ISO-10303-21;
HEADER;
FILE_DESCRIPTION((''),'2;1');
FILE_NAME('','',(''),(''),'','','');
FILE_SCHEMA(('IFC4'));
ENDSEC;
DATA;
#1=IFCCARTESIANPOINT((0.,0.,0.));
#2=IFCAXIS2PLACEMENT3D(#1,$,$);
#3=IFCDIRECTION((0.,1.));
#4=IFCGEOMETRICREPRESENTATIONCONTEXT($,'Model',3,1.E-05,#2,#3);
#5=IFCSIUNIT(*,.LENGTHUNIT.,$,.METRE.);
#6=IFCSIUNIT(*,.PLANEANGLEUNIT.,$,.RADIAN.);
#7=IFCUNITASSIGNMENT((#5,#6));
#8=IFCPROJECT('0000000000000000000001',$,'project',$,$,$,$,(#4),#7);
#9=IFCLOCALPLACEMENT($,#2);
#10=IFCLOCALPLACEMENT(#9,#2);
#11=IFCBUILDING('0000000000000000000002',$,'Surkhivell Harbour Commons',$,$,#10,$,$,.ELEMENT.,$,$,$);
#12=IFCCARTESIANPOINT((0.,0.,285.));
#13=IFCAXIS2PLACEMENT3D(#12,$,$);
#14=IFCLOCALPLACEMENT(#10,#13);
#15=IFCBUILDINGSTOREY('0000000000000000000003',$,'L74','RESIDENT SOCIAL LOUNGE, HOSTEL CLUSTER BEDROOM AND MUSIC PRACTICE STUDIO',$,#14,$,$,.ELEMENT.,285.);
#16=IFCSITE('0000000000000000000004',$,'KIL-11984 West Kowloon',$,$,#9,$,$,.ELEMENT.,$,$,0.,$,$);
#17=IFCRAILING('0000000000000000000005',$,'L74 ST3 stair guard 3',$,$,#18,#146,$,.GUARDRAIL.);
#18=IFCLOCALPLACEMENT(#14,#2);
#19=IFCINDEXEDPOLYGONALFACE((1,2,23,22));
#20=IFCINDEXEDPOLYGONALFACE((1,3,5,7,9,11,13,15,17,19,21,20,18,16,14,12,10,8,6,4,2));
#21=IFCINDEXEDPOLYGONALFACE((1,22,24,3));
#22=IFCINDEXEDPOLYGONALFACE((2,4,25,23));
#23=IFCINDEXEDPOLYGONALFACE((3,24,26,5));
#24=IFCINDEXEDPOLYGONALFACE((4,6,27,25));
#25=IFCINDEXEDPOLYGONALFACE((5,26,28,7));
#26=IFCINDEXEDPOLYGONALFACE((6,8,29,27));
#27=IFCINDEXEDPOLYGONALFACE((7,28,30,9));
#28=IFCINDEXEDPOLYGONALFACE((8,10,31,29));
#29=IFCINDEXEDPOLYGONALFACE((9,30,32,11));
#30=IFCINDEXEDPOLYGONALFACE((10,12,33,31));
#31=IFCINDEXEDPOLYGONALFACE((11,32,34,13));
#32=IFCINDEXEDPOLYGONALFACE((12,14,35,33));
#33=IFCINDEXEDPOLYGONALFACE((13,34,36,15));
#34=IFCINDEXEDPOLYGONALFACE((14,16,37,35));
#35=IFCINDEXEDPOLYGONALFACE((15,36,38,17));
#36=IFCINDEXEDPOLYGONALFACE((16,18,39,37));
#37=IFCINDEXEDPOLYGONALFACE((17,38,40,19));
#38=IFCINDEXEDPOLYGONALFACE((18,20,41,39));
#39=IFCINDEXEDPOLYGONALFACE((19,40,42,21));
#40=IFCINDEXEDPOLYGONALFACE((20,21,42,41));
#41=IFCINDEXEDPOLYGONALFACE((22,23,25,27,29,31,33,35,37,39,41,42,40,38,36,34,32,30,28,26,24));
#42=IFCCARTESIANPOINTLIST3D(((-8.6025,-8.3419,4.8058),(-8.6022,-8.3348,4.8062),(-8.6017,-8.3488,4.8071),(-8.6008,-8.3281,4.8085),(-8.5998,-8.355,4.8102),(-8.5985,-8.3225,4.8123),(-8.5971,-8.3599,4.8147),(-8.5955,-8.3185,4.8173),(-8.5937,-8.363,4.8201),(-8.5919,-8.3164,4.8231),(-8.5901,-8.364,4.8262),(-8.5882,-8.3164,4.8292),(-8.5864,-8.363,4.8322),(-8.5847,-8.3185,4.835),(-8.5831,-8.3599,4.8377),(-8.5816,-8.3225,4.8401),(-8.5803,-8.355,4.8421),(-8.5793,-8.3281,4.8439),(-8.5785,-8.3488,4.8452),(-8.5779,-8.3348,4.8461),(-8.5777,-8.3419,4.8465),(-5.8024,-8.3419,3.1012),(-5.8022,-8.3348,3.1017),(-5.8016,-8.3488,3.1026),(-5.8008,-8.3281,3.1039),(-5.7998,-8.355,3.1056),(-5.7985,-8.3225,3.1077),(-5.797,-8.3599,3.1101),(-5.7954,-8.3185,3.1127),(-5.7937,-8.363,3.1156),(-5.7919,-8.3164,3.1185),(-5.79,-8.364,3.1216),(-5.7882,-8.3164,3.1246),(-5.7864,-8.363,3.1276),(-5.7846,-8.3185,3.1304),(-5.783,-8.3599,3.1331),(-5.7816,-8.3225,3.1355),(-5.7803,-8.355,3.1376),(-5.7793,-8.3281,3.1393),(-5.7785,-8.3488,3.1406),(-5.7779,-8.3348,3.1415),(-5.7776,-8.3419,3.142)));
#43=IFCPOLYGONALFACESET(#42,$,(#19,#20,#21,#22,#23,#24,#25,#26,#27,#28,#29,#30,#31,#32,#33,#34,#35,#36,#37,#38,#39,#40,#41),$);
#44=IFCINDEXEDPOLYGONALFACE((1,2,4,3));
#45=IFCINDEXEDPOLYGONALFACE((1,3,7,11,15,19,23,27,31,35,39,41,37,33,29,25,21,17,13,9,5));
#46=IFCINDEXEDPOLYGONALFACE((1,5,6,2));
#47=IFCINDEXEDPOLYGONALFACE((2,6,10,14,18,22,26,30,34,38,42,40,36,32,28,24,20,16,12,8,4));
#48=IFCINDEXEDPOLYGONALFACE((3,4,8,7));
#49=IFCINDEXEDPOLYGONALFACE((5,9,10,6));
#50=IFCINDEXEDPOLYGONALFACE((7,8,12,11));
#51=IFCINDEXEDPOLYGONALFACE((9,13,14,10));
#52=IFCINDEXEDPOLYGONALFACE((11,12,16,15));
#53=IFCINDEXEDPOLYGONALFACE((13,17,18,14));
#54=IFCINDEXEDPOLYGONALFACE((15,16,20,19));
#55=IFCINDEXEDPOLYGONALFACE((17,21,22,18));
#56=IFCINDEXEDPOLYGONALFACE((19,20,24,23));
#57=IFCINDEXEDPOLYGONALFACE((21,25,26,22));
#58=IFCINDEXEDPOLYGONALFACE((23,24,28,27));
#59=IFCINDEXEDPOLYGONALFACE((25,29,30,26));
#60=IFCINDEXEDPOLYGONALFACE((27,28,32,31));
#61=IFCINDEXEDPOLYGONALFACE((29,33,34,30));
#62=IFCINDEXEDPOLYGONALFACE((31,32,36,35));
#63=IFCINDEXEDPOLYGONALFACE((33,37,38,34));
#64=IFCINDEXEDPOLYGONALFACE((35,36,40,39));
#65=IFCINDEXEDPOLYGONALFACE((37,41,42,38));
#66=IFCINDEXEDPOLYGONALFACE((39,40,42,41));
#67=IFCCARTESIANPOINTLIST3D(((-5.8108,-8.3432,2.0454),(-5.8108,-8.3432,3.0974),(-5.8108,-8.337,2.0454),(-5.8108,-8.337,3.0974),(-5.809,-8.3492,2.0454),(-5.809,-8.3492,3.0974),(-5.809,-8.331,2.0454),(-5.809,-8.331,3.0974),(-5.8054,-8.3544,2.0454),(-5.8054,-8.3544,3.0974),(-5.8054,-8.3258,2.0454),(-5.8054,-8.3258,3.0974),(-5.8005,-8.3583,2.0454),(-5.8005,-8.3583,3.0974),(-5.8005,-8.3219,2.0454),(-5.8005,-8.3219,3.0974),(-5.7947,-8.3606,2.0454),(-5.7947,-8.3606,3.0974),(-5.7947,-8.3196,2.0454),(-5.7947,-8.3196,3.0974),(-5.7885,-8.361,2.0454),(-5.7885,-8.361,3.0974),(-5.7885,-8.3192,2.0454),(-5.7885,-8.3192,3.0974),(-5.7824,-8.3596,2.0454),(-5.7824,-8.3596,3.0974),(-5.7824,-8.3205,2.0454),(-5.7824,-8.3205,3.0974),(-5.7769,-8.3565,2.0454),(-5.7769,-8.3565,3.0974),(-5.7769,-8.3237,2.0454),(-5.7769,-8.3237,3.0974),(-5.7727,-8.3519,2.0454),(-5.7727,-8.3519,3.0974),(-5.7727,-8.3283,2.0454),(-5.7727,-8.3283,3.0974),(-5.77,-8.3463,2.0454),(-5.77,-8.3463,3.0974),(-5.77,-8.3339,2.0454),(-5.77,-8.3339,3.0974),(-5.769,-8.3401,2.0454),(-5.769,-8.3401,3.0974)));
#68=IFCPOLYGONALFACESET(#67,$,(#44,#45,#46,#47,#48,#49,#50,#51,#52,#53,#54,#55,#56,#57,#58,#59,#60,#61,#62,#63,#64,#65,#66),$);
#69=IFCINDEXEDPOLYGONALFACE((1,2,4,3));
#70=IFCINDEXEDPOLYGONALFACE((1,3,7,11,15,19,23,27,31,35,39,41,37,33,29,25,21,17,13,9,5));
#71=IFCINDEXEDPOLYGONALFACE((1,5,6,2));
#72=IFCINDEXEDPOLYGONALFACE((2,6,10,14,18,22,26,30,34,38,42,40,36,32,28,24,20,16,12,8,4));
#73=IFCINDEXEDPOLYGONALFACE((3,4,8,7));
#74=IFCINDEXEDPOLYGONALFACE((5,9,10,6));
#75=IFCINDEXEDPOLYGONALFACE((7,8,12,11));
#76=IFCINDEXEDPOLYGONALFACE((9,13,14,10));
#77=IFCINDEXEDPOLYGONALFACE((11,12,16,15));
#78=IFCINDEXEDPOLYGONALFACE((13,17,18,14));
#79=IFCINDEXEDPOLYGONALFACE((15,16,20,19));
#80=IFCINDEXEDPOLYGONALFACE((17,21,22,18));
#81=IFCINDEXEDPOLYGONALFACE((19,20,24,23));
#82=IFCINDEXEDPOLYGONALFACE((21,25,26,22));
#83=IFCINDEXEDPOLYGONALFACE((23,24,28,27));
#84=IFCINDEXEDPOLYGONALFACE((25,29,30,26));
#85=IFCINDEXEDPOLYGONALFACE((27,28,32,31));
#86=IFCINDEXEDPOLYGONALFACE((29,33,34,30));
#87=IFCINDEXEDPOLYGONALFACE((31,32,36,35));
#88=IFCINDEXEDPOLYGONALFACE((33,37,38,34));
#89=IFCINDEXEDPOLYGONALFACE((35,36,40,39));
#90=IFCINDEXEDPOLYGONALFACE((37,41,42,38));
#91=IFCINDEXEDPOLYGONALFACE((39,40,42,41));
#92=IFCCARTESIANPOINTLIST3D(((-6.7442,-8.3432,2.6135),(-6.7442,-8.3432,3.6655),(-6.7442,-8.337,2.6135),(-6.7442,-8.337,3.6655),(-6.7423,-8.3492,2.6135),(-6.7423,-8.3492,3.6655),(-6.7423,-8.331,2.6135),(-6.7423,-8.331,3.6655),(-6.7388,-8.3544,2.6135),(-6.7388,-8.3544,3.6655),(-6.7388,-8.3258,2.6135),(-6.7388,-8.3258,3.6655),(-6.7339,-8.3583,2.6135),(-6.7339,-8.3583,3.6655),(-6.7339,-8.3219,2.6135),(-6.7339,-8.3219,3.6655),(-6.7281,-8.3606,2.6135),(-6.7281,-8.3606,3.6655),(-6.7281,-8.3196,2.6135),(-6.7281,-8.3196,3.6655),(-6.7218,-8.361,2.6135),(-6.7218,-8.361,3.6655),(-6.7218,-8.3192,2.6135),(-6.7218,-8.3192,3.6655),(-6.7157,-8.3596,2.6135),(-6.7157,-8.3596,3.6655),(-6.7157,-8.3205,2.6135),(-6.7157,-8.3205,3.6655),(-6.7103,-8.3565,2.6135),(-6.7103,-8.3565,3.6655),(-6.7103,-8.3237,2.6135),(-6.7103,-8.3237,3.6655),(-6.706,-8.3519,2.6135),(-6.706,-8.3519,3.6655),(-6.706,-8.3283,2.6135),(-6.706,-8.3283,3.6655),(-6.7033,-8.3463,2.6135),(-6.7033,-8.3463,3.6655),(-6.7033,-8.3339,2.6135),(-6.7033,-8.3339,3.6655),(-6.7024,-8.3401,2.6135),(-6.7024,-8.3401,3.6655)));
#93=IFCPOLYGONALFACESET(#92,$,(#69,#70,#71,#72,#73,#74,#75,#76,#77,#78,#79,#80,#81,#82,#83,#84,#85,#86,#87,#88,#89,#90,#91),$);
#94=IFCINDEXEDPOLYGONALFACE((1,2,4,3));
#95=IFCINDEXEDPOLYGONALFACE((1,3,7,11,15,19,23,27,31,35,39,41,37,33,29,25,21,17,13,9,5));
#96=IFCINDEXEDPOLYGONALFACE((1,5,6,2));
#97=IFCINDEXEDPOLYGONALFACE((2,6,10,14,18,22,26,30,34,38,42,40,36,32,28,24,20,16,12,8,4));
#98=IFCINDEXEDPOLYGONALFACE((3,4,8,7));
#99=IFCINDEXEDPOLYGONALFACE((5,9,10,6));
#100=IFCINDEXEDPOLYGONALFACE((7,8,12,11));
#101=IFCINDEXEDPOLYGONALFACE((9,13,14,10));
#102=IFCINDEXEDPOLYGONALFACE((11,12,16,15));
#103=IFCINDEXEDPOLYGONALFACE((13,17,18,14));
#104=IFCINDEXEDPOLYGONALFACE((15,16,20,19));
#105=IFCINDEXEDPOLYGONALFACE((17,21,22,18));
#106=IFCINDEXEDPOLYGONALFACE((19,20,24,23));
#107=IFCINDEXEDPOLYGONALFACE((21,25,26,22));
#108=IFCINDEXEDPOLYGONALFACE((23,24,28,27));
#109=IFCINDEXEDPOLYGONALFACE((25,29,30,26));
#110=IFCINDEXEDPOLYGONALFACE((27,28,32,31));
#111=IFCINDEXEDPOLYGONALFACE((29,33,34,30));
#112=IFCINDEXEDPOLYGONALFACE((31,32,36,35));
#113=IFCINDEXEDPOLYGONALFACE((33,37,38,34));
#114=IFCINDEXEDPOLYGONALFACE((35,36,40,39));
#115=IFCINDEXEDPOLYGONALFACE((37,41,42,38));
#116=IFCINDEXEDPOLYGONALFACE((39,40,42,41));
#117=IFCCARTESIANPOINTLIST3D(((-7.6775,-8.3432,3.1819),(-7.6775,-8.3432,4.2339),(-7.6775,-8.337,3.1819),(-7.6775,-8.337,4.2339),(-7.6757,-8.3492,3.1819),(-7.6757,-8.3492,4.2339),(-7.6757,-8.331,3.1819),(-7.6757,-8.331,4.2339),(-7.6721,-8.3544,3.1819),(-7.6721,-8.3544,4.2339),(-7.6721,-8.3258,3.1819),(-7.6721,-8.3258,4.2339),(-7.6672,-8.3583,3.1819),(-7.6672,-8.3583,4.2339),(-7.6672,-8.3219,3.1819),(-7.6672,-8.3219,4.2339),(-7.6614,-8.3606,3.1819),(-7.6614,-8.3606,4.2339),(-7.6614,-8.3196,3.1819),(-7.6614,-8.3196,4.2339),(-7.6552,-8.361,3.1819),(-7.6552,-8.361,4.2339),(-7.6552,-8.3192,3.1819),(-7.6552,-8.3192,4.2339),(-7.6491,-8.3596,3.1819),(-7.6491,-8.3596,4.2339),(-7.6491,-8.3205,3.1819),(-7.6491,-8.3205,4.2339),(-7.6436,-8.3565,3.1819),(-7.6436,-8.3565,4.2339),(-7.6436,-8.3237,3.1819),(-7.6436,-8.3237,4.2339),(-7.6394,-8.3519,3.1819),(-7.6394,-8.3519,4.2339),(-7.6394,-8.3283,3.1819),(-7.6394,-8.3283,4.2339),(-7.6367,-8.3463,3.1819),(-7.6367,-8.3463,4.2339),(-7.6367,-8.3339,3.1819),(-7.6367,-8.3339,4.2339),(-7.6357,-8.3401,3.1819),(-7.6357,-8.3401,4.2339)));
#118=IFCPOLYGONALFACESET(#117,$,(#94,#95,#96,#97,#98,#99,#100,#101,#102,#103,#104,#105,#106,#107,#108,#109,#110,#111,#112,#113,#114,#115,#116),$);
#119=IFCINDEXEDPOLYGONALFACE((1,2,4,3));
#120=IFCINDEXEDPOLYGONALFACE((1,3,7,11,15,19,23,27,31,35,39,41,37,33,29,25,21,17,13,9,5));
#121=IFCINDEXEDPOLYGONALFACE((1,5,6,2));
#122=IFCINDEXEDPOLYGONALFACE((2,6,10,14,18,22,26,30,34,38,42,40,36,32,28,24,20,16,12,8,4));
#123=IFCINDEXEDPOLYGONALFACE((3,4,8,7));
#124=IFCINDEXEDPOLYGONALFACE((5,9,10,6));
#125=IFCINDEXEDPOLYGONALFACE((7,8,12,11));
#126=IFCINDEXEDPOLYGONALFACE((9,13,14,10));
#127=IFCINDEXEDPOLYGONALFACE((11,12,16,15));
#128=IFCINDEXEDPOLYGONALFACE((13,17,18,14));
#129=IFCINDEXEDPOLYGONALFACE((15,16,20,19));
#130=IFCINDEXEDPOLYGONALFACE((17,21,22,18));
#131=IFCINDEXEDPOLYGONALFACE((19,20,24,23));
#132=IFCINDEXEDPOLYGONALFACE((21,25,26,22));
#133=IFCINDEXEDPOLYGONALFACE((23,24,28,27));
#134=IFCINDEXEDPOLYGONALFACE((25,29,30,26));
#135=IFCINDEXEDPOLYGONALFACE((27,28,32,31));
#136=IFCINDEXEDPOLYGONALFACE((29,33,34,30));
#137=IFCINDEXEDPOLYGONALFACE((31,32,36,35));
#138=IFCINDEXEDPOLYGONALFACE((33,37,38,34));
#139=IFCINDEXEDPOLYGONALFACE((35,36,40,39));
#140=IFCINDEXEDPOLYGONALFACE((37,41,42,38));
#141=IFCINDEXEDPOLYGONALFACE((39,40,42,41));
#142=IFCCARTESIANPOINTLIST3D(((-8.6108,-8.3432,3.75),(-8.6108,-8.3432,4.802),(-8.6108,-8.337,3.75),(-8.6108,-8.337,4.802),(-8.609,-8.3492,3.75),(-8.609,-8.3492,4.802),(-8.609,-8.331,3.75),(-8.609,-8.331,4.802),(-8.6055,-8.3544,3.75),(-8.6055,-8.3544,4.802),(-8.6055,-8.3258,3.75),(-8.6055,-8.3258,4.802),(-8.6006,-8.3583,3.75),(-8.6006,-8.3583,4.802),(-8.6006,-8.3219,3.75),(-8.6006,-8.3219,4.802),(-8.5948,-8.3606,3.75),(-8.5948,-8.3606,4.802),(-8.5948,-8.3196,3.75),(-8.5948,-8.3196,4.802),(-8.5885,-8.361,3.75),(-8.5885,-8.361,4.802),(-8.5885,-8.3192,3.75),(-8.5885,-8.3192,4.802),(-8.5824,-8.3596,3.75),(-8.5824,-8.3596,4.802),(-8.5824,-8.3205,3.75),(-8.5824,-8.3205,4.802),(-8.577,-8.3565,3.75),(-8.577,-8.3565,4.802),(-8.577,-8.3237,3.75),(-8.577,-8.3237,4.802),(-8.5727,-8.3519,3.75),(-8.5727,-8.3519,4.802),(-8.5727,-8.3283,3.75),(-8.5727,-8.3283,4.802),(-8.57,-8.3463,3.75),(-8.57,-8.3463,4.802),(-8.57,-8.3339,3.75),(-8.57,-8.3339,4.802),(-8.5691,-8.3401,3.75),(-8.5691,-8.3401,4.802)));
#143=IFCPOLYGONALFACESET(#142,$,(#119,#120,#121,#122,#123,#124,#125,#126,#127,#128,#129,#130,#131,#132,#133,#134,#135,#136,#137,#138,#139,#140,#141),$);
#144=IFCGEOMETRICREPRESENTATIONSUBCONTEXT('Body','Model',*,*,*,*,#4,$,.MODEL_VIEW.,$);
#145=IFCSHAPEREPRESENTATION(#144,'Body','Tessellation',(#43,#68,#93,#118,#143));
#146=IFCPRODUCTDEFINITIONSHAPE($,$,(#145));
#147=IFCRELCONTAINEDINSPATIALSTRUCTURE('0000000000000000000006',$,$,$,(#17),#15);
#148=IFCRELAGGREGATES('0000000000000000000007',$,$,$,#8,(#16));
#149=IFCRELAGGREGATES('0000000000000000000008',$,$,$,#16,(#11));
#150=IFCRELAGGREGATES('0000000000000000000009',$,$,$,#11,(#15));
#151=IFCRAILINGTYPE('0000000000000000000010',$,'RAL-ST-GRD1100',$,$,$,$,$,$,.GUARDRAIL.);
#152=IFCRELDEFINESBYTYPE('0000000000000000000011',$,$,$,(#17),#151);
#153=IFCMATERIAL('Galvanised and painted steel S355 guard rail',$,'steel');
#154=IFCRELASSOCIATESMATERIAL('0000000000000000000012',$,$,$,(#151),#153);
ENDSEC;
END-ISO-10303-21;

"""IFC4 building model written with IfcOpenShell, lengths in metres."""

from ifc_helpers import new_model, si_unit, direction, frame, origin, origin_2d, place, context, subcontext, project, spatial, circle, extrude, material, type_object, element, save


model = new_model("IFC4")

# Units and contexts
model_context = context("Model", 3, precision=1e-05, world=origin(), true_north=direction((0.0, 1.0)))
body_context = subcontext(model_context, "Body", "Model", "MODEL_VIEW")
ifc_project = project(units=[si_unit("LENGTHUNIT", "METRE"), si_unit("PLANEANGLEUNIT", "RADIAN")], contexts=[model_context])

# Site, building, storey
site_placement = place(None, origin())
site = spatial("IfcSite", under=ifc_project, at=site_placement, Name="KIL-11984 West Kowloon", CompositionType="ELEMENT", RefElevation=0.0)
building_placement = place(site_placement, origin())
building = spatial("IfcBuilding", under=site, at=building_placement, Name="Surkhivell Harbour Commons", CompositionType="ELEMENT")
storey_placement = place(building_placement, frame((0.0, 0.0, 285.0)))
storey = spatial("IfcBuildingStorey", under=building, at=storey_placement, Name="L74", Description="RESIDENT SOCIAL LOUNGE, HOSTEL CLUSTER BEDROOM AND MUSIC PRACTICE STUDIO", CompositionType="ELEMENT", Elevation=285.0)

# Railing
ifc_material_1 = material(Name="Galvanised and painted steel S355 guard rail", Category="steel")
railing_type_1 = type_object("IfcRailingType", Name="RAL-ST-GRD1100", PredefinedType="GUARDRAIL", material=ifc_material_1)
railing_1_placement = place(storey_placement, frame((-5.79, -8.3401, 2.0454)))
element("IfcRailing", 1, at=railing_1_placement, inside=storey, type_object=railing_type_1, Name="L74 ST3 stair guard 3", PredefinedType="GUARDRAIL", context=body_context, shape_type="SweptSolid", body=[
    extrude(circle(Radius=0.0239, at=origin_2d()), frame((0.0, 0.0, 1.0762), z_axis=(-0.85417, 0.0, 0.519994), x_axis=(0.0, -1.0, 0.0)), (0.0, 0.0, 1.0), 3.2781),
    extrude(circle(Radius=0.021, at=origin_2d()), origin(), (0.0, 0.0, 1.0), 1.052),
    extrude(circle(Radius=0.021, at=origin_2d()), frame((-0.9333, 0.0, 0.5681)), (0.0, 0.0, 1.0), 1.052),
    extrude(circle(Radius=0.021, at=origin_2d()), frame((-1.8667, 0.0, 1.1365)), (0.0, 0.0, 1.0), 1.052),
    extrude(circle(Radius=0.021, at=origin_2d()), frame((-2.8, 0.0, 1.7046)), (0.0, 0.0, 1.0), 1.052),
])

save(model, "model.ifc")
